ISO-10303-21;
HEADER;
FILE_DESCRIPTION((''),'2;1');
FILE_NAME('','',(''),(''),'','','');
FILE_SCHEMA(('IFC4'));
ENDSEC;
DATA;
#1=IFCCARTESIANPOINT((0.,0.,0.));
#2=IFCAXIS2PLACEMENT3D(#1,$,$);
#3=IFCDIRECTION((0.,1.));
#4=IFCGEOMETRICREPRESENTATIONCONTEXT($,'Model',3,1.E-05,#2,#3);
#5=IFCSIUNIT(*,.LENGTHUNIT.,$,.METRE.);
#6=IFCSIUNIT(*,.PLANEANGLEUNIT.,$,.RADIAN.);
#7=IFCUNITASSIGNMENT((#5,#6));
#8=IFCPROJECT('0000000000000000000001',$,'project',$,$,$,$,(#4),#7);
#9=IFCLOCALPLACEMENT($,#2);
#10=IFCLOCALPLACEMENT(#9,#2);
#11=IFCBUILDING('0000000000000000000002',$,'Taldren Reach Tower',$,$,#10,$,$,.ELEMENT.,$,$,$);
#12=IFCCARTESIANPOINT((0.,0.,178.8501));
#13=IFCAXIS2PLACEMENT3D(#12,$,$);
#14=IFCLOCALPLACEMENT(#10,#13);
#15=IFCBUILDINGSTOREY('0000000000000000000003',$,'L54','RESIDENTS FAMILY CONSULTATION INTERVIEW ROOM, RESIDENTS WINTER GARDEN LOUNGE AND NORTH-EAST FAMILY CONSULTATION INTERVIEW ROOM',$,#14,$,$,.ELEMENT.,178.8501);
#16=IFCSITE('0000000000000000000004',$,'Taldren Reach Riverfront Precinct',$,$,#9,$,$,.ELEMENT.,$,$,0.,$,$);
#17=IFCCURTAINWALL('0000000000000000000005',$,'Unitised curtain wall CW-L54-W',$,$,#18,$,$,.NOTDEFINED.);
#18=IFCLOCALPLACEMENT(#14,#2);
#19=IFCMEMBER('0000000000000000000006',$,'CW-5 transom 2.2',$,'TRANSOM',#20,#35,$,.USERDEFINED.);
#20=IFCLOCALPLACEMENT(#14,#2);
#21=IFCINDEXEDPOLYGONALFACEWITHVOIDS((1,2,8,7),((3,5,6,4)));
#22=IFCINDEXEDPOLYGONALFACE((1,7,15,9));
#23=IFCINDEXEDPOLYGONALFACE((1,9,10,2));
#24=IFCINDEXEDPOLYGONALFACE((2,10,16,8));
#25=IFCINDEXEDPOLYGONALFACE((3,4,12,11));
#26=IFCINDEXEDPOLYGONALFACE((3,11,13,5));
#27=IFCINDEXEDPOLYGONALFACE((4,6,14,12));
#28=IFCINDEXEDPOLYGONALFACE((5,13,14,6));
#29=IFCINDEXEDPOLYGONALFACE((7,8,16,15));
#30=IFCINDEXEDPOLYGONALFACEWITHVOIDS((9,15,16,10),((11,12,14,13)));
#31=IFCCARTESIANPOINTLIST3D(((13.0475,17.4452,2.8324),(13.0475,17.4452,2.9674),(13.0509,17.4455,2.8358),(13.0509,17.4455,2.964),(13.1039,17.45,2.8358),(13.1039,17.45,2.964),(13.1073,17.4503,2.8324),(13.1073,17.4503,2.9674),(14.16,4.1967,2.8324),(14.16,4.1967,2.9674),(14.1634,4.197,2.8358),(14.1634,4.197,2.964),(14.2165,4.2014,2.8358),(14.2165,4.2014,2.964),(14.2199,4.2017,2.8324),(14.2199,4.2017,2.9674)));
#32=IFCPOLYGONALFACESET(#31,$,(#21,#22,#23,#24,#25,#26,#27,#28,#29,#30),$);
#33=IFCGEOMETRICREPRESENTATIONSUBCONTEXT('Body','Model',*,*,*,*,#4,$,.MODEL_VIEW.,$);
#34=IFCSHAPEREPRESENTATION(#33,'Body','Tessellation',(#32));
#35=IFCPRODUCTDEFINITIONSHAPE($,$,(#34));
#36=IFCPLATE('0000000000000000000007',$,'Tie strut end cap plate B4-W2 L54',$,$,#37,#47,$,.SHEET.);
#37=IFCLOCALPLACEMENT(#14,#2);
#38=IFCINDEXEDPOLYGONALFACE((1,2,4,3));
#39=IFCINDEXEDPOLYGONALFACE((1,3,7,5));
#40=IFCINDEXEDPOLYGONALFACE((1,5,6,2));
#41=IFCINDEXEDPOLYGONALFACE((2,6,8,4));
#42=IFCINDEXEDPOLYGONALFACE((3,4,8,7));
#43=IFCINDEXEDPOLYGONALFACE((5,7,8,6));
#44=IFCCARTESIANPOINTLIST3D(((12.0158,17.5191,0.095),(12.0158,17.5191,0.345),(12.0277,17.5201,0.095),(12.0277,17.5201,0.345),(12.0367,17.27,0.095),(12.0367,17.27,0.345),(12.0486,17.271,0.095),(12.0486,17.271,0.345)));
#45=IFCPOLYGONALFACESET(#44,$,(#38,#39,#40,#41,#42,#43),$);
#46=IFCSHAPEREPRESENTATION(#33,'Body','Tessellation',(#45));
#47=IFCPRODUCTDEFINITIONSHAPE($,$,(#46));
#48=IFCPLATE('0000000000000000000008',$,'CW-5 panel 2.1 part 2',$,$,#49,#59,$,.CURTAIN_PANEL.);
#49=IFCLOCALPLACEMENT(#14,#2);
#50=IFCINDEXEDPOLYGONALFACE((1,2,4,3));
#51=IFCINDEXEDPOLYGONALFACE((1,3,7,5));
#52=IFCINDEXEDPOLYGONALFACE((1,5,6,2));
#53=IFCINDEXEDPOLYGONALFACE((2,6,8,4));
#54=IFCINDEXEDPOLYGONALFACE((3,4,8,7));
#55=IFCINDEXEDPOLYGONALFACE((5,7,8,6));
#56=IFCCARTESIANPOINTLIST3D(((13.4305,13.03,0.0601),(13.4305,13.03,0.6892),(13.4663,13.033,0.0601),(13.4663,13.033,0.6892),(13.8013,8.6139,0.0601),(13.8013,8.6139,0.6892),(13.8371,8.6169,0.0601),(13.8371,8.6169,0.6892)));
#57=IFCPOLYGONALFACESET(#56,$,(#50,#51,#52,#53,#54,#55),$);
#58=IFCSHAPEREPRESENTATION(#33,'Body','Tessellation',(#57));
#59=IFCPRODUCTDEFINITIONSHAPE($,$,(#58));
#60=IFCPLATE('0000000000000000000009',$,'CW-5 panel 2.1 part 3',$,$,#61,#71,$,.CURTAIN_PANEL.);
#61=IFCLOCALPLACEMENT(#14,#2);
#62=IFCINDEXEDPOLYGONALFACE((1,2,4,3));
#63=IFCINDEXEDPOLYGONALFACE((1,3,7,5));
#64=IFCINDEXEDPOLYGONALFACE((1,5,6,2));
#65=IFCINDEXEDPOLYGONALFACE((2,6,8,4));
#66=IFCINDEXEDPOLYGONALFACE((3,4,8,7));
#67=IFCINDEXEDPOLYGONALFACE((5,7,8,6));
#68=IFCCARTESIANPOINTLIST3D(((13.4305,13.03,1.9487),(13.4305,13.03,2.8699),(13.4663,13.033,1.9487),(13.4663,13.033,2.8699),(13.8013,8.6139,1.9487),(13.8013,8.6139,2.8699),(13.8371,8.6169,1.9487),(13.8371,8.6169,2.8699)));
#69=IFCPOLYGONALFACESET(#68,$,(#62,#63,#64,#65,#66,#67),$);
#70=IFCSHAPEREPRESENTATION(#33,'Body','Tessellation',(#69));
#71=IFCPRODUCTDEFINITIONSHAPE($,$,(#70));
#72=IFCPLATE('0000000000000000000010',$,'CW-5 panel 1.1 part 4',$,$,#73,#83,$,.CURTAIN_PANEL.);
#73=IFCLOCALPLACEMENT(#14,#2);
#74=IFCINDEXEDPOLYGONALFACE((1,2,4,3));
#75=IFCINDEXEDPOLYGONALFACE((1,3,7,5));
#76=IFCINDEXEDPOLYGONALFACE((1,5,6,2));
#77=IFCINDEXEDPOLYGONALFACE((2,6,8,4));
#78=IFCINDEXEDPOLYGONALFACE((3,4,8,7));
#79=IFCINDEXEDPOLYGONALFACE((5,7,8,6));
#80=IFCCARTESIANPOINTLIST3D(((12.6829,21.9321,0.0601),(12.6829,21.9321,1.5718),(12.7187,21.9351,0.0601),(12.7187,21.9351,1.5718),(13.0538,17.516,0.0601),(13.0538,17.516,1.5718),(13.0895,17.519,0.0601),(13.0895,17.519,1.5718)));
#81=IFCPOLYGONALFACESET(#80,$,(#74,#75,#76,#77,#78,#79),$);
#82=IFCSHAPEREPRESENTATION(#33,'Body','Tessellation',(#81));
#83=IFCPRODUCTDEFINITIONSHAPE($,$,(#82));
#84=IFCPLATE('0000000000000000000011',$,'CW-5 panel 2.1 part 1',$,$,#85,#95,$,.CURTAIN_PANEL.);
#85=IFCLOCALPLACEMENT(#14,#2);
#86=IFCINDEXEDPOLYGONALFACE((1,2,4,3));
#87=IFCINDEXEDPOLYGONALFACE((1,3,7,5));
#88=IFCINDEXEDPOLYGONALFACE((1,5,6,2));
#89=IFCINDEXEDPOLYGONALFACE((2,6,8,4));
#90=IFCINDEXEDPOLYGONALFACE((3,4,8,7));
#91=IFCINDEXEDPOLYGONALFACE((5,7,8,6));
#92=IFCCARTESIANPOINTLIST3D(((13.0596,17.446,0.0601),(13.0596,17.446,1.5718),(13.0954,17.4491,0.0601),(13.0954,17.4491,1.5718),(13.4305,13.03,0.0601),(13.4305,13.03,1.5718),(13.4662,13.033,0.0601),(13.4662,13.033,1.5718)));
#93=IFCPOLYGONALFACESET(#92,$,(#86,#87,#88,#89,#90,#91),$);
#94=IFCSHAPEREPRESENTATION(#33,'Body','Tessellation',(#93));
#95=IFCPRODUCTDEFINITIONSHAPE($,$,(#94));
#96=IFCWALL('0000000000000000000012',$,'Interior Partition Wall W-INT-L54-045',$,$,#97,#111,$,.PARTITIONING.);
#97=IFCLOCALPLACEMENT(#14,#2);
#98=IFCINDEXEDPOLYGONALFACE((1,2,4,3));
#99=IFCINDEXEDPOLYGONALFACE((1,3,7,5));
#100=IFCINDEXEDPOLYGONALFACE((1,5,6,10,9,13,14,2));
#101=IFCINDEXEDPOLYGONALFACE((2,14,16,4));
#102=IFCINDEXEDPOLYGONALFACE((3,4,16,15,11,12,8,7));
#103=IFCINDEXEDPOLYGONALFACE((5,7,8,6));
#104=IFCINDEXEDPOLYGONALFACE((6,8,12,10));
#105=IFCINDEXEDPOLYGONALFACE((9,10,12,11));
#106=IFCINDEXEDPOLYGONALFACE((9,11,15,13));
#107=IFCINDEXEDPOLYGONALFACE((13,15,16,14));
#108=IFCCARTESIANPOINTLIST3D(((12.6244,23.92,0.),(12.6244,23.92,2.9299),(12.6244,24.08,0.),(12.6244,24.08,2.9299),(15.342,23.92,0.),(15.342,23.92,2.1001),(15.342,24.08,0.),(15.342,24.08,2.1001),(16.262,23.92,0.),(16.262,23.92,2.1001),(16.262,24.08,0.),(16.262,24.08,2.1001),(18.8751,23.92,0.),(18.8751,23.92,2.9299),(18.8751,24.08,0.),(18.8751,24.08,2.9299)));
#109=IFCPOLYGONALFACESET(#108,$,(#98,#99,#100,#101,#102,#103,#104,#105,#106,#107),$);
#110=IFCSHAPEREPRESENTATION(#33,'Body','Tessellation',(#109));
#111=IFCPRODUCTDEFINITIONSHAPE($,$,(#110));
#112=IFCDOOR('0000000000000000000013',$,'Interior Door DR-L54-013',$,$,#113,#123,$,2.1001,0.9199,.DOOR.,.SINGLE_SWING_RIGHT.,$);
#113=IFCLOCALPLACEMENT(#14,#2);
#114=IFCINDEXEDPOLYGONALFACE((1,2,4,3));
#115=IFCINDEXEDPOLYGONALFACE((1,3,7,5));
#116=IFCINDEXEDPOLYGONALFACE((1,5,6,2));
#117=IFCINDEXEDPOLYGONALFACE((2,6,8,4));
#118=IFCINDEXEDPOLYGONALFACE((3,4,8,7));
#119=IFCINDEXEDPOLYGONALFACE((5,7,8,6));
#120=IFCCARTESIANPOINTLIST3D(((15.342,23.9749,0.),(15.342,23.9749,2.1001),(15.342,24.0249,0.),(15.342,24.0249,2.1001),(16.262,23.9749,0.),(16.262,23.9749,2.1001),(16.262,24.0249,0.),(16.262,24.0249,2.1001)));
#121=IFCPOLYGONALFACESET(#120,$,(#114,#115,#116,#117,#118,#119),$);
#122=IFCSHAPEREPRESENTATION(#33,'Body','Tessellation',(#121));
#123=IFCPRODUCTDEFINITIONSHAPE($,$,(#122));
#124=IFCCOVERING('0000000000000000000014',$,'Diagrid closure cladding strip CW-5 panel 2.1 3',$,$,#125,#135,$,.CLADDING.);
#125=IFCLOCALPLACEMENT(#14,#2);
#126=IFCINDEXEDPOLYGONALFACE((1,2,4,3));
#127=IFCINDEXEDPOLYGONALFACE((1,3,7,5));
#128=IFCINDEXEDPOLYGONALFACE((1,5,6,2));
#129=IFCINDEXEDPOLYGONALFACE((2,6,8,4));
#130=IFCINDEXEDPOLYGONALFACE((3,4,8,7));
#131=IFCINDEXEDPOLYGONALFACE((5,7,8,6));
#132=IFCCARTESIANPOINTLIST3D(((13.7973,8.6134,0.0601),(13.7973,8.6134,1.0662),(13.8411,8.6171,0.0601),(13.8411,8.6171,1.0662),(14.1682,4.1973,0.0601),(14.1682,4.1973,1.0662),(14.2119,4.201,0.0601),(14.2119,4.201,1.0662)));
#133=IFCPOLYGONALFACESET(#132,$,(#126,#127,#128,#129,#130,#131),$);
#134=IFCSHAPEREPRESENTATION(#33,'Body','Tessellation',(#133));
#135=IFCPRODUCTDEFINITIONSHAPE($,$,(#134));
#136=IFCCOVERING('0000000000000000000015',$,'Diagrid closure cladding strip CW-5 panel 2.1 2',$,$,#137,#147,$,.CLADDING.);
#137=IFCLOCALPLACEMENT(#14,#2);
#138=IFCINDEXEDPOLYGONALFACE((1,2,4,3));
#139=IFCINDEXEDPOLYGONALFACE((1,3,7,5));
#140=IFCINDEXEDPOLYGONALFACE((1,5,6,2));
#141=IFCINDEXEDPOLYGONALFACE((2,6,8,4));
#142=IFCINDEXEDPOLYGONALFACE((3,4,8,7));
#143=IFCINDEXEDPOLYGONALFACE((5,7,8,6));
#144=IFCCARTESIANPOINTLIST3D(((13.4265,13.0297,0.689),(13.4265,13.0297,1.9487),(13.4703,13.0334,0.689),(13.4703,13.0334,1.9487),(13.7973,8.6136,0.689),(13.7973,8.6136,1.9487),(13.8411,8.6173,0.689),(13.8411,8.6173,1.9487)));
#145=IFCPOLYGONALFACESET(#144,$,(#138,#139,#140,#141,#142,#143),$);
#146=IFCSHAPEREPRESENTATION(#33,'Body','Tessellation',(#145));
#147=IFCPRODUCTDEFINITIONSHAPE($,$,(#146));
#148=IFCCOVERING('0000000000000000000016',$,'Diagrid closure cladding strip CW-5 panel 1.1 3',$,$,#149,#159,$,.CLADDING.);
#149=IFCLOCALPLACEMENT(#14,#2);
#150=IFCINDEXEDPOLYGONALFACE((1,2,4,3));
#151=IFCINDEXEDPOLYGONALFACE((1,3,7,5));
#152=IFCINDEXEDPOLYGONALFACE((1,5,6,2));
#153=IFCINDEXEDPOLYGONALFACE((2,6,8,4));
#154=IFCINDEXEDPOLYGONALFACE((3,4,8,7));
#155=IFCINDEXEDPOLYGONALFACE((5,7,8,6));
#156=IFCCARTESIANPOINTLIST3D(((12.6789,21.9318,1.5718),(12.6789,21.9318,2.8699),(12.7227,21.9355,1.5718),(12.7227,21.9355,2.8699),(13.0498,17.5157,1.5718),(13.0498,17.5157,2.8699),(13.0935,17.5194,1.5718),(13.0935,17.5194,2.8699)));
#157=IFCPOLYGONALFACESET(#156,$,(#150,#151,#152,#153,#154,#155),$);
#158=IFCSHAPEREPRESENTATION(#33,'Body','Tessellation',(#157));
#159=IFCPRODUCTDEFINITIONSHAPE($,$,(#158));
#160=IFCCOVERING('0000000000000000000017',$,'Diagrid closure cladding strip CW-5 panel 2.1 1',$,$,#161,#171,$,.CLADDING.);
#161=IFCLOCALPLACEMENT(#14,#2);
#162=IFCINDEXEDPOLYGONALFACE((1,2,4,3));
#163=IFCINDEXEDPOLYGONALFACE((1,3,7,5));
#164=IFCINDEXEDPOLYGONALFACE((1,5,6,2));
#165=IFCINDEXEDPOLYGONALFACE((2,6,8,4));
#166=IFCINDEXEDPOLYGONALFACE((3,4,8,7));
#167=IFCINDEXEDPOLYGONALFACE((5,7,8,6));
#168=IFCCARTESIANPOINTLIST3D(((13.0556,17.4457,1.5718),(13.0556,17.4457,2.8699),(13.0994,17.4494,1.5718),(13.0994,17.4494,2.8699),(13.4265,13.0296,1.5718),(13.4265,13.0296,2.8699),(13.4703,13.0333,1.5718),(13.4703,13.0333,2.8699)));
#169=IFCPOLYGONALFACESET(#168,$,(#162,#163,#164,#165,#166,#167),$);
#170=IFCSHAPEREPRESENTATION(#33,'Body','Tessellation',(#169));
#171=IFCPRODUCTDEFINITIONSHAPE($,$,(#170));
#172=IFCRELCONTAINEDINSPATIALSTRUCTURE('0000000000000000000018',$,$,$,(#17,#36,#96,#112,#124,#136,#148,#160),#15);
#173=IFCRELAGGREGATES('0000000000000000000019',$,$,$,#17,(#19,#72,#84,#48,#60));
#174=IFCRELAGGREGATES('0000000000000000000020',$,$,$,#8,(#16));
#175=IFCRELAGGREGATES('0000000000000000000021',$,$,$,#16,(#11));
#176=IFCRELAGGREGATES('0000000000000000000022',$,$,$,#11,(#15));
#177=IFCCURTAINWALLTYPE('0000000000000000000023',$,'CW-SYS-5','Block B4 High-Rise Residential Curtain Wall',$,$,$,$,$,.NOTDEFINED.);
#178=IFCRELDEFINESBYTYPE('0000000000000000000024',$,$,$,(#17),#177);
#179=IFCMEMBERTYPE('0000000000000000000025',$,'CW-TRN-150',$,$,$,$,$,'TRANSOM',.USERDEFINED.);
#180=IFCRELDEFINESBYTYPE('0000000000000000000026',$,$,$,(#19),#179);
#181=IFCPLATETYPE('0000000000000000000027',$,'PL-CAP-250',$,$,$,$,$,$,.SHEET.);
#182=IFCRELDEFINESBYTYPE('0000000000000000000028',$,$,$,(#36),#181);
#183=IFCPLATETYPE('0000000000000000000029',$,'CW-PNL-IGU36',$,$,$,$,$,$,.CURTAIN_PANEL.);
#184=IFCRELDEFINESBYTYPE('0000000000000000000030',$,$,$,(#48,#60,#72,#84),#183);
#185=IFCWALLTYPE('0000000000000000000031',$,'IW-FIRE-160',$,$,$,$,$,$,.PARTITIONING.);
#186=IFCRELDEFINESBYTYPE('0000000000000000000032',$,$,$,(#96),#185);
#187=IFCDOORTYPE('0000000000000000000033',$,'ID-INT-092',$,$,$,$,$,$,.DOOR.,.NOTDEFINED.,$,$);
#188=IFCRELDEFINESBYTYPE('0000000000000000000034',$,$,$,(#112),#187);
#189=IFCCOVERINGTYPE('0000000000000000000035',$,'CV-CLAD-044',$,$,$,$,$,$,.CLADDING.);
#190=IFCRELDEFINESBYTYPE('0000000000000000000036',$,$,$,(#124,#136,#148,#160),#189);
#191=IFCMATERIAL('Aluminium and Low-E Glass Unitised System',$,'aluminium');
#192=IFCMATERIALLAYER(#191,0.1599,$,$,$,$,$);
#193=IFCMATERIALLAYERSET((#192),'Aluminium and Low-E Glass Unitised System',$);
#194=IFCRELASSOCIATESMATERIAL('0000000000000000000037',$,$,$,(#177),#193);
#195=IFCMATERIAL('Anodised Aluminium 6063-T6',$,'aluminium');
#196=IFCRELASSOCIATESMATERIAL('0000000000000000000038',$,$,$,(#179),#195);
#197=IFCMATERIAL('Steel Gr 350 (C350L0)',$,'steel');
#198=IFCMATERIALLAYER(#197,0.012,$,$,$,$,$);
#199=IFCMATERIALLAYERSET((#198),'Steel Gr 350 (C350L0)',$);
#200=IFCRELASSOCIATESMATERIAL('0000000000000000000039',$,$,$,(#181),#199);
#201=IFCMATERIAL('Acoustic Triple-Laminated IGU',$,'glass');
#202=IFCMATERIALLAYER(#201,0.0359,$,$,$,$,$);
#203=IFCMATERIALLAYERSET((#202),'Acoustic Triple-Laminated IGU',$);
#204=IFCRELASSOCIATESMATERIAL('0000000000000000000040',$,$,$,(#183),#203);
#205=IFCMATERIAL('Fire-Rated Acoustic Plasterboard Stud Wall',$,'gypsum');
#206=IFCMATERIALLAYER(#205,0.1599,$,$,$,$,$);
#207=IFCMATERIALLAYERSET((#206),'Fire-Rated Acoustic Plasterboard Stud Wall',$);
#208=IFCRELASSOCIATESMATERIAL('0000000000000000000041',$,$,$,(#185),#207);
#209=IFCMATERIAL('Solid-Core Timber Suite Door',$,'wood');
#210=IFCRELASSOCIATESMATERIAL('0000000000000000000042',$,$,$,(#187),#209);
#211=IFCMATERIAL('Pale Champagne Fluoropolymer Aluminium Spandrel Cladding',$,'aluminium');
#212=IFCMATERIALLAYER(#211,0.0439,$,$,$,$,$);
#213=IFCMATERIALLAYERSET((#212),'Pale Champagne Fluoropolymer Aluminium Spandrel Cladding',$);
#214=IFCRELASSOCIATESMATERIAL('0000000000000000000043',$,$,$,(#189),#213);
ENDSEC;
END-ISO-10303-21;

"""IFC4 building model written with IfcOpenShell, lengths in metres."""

from ifc_helpers import new_model, si_unit, direction, frame, frame_2d, origin, origin_2d, place, context, subcontext, project, spatial, rectangle, hollow_rectangle, extrude, source, transform, mapped, material, layer, layer_set, material_profile, profile_set, type_object, element, fill, aggregate, save


model = new_model("IFC4")

# Units and contexts
model_context = context("Model", 3, precision=1e-05, world=origin(), true_north=direction((0.0, 1.0)))
body_context = subcontext(model_context, "Body", "Model", "MODEL_VIEW")
ifc_project = project(units=[si_unit("LENGTHUNIT", "METRE"), si_unit("PLANEANGLEUNIT", "RADIAN")], contexts=[model_context])

# Site, building, storey
site_placement = place(None, origin())
site = spatial("IfcSite", under=ifc_project, at=site_placement, Name="Taldren Reach Riverfront Precinct", CompositionType="ELEMENT", RefElevation=0.0)
building_placement = place(site_placement, origin())
building = spatial("IfcBuilding", under=site, at=building_placement, Name="Taldren Reach Tower", CompositionType="ELEMENT")
storey_placement = place(building_placement, frame((0.0, 0.0, 178.8501)))
storey = spatial("IfcBuildingStorey", under=building, at=storey_placement, Name="L54", Description="RESIDENTS FAMILY CONSULTATION INTERVIEW ROOM, RESIDENTS WINTER GARDEN LOUNGE AND NORTH-EAST FAMILY CONSULTATION INTERVIEW ROOM", CompositionType="ELEMENT", Elevation=178.8501)

# Shared definitions
ifc_material_1 = material(Name="Steel Gr 350 (C350L0)", Category="steel")

# Curtain wall, member
ifc_material_2 = material(Name="Aluminium and Low-E Glass Unitised System", Category="aluminium")
ifc_layer_1 = layer(ifc_material_2, 0.1599)
ifc_layer_set_1 = layer_set([ifc_layer_1], Name="Aluminium and Low-E Glass Unitised System")
curtain_wall_type = type_object("IfcCurtainWallType", Name="CW-SYS-5", Description="Block B4 High-Rise Residential Curtain Wall", PredefinedType="NOTDEFINED", material=ifc_layer_set_1)
curtain_wall_placement = place(storey_placement, origin())
curtain_wall = element("IfcCurtainWall", 1, at=curtain_wall_placement, inside=storey, type_object=curtain_wall_type, Name="Unitised curtain wall CW-L54-W", PredefinedType="NOTDEFINED")
ifc_material_3 = material(Name="Anodised Aluminium 6063-T6", Category="aluminium")
ifc_material_profile_1 = material_profile(ifc_material_3, hollow_rectangle(XDim=0.0601, YDim=0.135, WallThickness=0.0034, at=origin_2d()), Name="ALU-135x60x3.5RHS")
ifc_profile_set_1 = profile_set([ifc_material_profile_1], Name="Anodised Aluminium 6063-T6")
member_type_1 = type_object("IfcMemberType", Name="CW-TRN-150", ElementType="TRANSOM", PredefinedType="USERDEFINED", material=ifc_profile_set_1)
shared_shape_1 = source(origin(), body_context, "Body", "SweptSolid", [
    extrude(hollow_rectangle(XDim=0.0601, YDim=0.135, WallThickness=0.0034, at=origin_2d()), origin(), (0.0, 0.0, 1.0), 13.2952),
])
member_1_placement = place(storey_placement, frame((13.0774, 17.4478, 2.8999), z_axis=(0.083681, -0.996493, 0.0), x_axis=(0.996493, 0.083681, 0.0)))
member_1 = element("IfcMember", 2, at=member_1_placement, type_object=member_type_1, Name="CW-5 transom 2.2", ObjectType="TRANSOM", PredefinedType="USERDEFINED", context=body_context, shape_type="MappedRepresentation", body=[
    mapped(shared_shape_1, transform((0.0, 0.0, 0.0), scale=1.0)),
])

# Plates
ifc_layer_2 = layer(ifc_material_1, 0.012)
ifc_layer_set_2 = layer_set([ifc_layer_2], Name="Steel Gr 350 (C350L0)")
plate_type_1 = type_object("IfcPlateType", Name="PL-CAP-250", PredefinedType="SHEET", material=ifc_layer_set_2)
shared_shape_2 = source(origin(), body_context, "Body", "SweptSolid", [
    extrude(rectangle(XDim=0.012, YDim=0.25, at=origin_2d()), origin(), (0.0, 0.0, 1.0), 0.25),
])
plate_1_placement = place(storey_placement, frame((12.0322, 17.395, 0.095), z_axis=(0.0, 0.0, 1.0), x_axis=(0.996493, 0.083678, 0.0)))
element("IfcPlate", 3, at=plate_1_placement, inside=storey, type_object=plate_type_1, Name="Tie strut end cap plate B4-W2 L54", PredefinedType="SHEET", context=body_context, shape_type="MappedRepresentation", body=[
    mapped(shared_shape_2, transform((0.0, 0.0, 0.0), scale=1.0)),
])
ifc_material_4 = material(Name="Acoustic Triple-Laminated IGU", Category="glass")
ifc_layer_3 = layer(ifc_material_4, 0.0359)
ifc_layer_set_3 = layer_set([ifc_layer_3], Name="Acoustic Triple-Laminated IGU")
plate_type_2 = type_object("IfcPlateType", Name="CW-PNL-IGU36", PredefinedType="CURTAIN_PANEL", material=ifc_layer_set_3)
shared_shape_3 = source(origin(), body_context, "Body", "SweptSolid", [
    extrude(rectangle(XDim=4.4316, YDim=0.0359, at=origin_2d()), origin(), (0.0, 0.0, 1.0), 0.6292),
])
plate_2_placement = place(storey_placement, frame((13.6338, 10.8235, 0.0601), z_axis=(0.0, 0.0, 1.0), x_axis=(0.083678, -0.996493, 0.0)))
plate_2 = element("IfcPlate", 4, at=plate_2_placement, type_object=plate_type_2, Name="CW-5 panel 2.1 part 2", PredefinedType="CURTAIN_PANEL", context=body_context, shape_type="MappedRepresentation", body=[
    mapped(shared_shape_3, transform((0.0, 0.0, 0.0), scale=1.0)),
])
shared_shape_4 = source(origin(), body_context, "Body", "SweptSolid", [
    extrude(rectangle(XDim=4.4316, YDim=0.0359, at=origin_2d()), origin(), (0.0, 0.0, 1.0), 0.9211),
])
plate_3_placement = place(storey_placement, frame((13.6338, 10.8235, 1.9487), z_axis=(0.0, 0.0, 1.0), x_axis=(0.083678, -0.996493, 0.0)))
plate_3 = element("IfcPlate", 5, at=plate_3_placement, type_object=plate_type_2, Name="CW-5 panel 2.1 part 3", PredefinedType="CURTAIN_PANEL", context=body_context, shape_type="MappedRepresentation", body=[
    mapped(shared_shape_4, transform((0.0, 0.0, 0.0), scale=1.0)),
])
shared_shape_5 = source(origin(), body_context, "Body", "SweptSolid", [
    extrude(rectangle(XDim=4.4316, YDim=0.0359, at=origin_2d()), origin(), (0.0, 0.0, 1.0), 1.5117),
])
plate_4_placement = place(storey_placement, frame((12.8862, 19.7256, 0.0601), z_axis=(0.0, 0.0, 1.0), x_axis=(0.083678, -0.996493, 0.0)))
plate_4 = element("IfcPlate", 6, at=plate_4_placement, type_object=plate_type_2, Name="CW-5 panel 1.1 part 4", PredefinedType="CURTAIN_PANEL", context=body_context, shape_type="MappedRepresentation", body=[
    mapped(shared_shape_5, transform((0.0, 0.0, 0.0), scale=1.0)),
])
plate_5_placement = place(storey_placement, frame((13.2629, 15.2395, 0.0601), z_axis=(0.0, 0.0, 1.0), x_axis=(0.083678, -0.996493, 0.0)))
plate_5 = element("IfcPlate", 7, at=plate_5_placement, type_object=plate_type_2, Name="CW-5 panel 2.1 part 1", PredefinedType="CURTAIN_PANEL", context=body_context, shape_type="MappedRepresentation", body=[
    mapped(shared_shape_5, transform((0.0, 0.0, 0.0), scale=1.0)),
])
aggregate(curtain_wall, [member_1, plate_4, plate_5, plate_2, plate_3])

# Wall, opening, door
ifc_material_5 = material(Name="Fire-Rated Acoustic Plasterboard Stud Wall", Category="gypsum")
ifc_layer_4 = layer(ifc_material_5, 0.1599)
ifc_layer_set_4 = layer_set([ifc_layer_4], Name="Fire-Rated Acoustic Plasterboard Stud Wall")
wall_type = type_object("IfcWallType", Name="IW-FIRE-160", PredefinedType="PARTITIONING", material=ifc_layer_set_4)
shared_shape_6 = source(origin(), body_context, "Body", "SweptSolid", [
    extrude(rectangle(XDim=6.2507, YDim=0.1599, at=frame_2d((3.1255, 0.0))), origin(), (0.0, 0.0, 1.0), 2.9299),
])
wall_placement = place(storey_placement, frame((12.6243, 24.0, 0.0), z_axis=(0.0, 0.0, 1.0), x_axis=(1.0, 0.0, 0.0)))
wall = element("IfcWall", 8, at=wall_placement, inside=storey, type_object=wall_type, Name="Interior Partition Wall W-INT-L54-045", PredefinedType="PARTITIONING", context=body_context, shape_type="MappedRepresentation", body=[
    mapped(shared_shape_6, transform((0.0, 0.0, 0.0), scale=1.0)),
])
shared_shape_7 = source(origin(), body_context, "Body", "SweptSolid", [
    extrude(rectangle(XDim=0.9199, YDim=2.1001, at=frame_2d((0.46, 1.05))), frame((0.0, 0.0898, 0.0), z_axis=(0.0, -1.0, 0.0), x_axis=(1.0, 0.0, 0.0)), (0.0, 0.0, 1.0), 0.1799),
])
opening_placement = place(wall_placement, frame((2.7178, 0.0, 0.0)))
opening = element("IfcOpeningElement", 9, at=opening_placement, cuts=wall, PredefinedType="OPENING", context=body_context, shape_type="MappedRepresentation", body=[
    mapped(shared_shape_7, transform((0.0, 0.0, 0.0), scale=1.0)),
])
ifc_material_6 = material(Name="Solid-Core Timber Suite Door", Category="wood")
door_type = type_object("IfcDoorType", Name="ID-INT-092", OperationType="NOTDEFINED", PredefinedType="DOOR", material=ifc_material_6)
shared_shape_8 = source(origin(), body_context, "Body", "SweptSolid", [
    extrude(rectangle(XDim=0.9199, YDim=2.1001, at=frame_2d((0.46, 1.05))), frame((0.0, 0.0249, 0.0), z_axis=(0.0, -1.0, 0.0), x_axis=(1.0, 0.0, 0.0)), (0.0, 0.0, 1.0), 0.05),
])
door_placement = place(opening_placement, origin())
door = element("IfcDoor", 10, at=door_placement, inside=storey, type_object=door_type, Name="Interior Door DR-L54-013", OperationType="SINGLE_SWING_RIGHT", OverallHeight=2.1001, OverallWidth=0.9199, PredefinedType="DOOR", context=body_context, shape_type="MappedRepresentation", body=[
    mapped(shared_shape_8, transform((0.0, 0.0, 0.0), scale=1.0)),
])
fill(opening, door)

# Coverings
ifc_material_7 = material(Name="Pale Champagne Fluoropolymer Aluminium Spandrel Cladding", Category="aluminium")
ifc_layer_5 = layer(ifc_material_7, 0.0439)
ifc_layer_set_5 = layer_set([ifc_layer_5], Name="Pale Champagne Fluoropolymer Aluminium Spandrel Cladding")
covering_type = type_object("IfcCoveringType", Name="CV-CLAD-044", PredefinedType="CLADDING", material=ifc_layer_set_5)
shared_shape_9 = source(origin(), body_context, "Body", "SweptSolid", [
    extrude(rectangle(XDim=4.4316, YDim=0.0439, at=origin_2d()), origin(), (0.0, 0.0, 1.0), 1.0061),
])
covering_1_placement = place(storey_placement, frame((14.0046, 6.4072, 0.0601), z_axis=(0.0, 0.0, 1.0), x_axis=(0.083678, -0.996493, 0.0)))
element("IfcCovering", 11, at=covering_1_placement, inside=storey, type_object=covering_type, Name="Diagrid closure cladding strip CW-5 panel 2.1 3", PredefinedType="CLADDING", context=body_context, shape_type="MappedRepresentation", body=[
    mapped(shared_shape_9, transform((0.0, 0.0, 0.0), scale=1.0)),
])
shared_shape_10 = source(origin(), body_context, "Body", "SweptSolid", [
    extrude(rectangle(XDim=4.4316, YDim=0.0439, at=origin_2d()), origin(), (0.0, 0.0, 1.0), 1.2598),
])
covering_2_placement = place(storey_placement, frame((13.6338, 10.8235, 0.689), z_axis=(0.0, 0.0, 1.0), x_axis=(0.083678, -0.996493, 0.0)))
element("IfcCovering", 12, at=covering_2_placement, inside=storey, type_object=covering_type, Name="Diagrid closure cladding strip CW-5 panel 2.1 2", PredefinedType="CLADDING", context=body_context, shape_type="MappedRepresentation", body=[
    mapped(shared_shape_10, transform((0.0, 0.0, 0.0), scale=1.0)),
])
shared_shape_11 = source(origin(), body_context, "Body", "SweptSolid", [
    extrude(rectangle(XDim=4.4316, YDim=0.0439, at=origin_2d()), origin(), (0.0, 0.0, 1.0), 1.2981),
])
for number, where, z_axis, x_axis, name in (
    (13, (12.8862, 19.7256, 1.5718), (0.0, 0.0, 1.0), (0.083678, -0.996493, 0.0), "Diagrid closure cladding strip CW-5 panel 1.1 3"),
    (14, (13.2629, 15.2395, 1.5718), (0.0, 0.0, 1.0), (0.083678, -0.996493, 0.0), "Diagrid closure cladding strip CW-5 panel 2.1 1"),
):
    element("IfcCovering", number, at=place(storey_placement, frame(where, z_axis=z_axis, x_axis=x_axis)), inside=storey, type_object=covering_type, Name=name, PredefinedType="CLADDING", context=body_context, shape_type="MappedRepresentation", body=[
        mapped(shared_shape_11, transform((0.0, 0.0, 0.0), scale=1.0)),
    ])

save(model, "model.ifc")
